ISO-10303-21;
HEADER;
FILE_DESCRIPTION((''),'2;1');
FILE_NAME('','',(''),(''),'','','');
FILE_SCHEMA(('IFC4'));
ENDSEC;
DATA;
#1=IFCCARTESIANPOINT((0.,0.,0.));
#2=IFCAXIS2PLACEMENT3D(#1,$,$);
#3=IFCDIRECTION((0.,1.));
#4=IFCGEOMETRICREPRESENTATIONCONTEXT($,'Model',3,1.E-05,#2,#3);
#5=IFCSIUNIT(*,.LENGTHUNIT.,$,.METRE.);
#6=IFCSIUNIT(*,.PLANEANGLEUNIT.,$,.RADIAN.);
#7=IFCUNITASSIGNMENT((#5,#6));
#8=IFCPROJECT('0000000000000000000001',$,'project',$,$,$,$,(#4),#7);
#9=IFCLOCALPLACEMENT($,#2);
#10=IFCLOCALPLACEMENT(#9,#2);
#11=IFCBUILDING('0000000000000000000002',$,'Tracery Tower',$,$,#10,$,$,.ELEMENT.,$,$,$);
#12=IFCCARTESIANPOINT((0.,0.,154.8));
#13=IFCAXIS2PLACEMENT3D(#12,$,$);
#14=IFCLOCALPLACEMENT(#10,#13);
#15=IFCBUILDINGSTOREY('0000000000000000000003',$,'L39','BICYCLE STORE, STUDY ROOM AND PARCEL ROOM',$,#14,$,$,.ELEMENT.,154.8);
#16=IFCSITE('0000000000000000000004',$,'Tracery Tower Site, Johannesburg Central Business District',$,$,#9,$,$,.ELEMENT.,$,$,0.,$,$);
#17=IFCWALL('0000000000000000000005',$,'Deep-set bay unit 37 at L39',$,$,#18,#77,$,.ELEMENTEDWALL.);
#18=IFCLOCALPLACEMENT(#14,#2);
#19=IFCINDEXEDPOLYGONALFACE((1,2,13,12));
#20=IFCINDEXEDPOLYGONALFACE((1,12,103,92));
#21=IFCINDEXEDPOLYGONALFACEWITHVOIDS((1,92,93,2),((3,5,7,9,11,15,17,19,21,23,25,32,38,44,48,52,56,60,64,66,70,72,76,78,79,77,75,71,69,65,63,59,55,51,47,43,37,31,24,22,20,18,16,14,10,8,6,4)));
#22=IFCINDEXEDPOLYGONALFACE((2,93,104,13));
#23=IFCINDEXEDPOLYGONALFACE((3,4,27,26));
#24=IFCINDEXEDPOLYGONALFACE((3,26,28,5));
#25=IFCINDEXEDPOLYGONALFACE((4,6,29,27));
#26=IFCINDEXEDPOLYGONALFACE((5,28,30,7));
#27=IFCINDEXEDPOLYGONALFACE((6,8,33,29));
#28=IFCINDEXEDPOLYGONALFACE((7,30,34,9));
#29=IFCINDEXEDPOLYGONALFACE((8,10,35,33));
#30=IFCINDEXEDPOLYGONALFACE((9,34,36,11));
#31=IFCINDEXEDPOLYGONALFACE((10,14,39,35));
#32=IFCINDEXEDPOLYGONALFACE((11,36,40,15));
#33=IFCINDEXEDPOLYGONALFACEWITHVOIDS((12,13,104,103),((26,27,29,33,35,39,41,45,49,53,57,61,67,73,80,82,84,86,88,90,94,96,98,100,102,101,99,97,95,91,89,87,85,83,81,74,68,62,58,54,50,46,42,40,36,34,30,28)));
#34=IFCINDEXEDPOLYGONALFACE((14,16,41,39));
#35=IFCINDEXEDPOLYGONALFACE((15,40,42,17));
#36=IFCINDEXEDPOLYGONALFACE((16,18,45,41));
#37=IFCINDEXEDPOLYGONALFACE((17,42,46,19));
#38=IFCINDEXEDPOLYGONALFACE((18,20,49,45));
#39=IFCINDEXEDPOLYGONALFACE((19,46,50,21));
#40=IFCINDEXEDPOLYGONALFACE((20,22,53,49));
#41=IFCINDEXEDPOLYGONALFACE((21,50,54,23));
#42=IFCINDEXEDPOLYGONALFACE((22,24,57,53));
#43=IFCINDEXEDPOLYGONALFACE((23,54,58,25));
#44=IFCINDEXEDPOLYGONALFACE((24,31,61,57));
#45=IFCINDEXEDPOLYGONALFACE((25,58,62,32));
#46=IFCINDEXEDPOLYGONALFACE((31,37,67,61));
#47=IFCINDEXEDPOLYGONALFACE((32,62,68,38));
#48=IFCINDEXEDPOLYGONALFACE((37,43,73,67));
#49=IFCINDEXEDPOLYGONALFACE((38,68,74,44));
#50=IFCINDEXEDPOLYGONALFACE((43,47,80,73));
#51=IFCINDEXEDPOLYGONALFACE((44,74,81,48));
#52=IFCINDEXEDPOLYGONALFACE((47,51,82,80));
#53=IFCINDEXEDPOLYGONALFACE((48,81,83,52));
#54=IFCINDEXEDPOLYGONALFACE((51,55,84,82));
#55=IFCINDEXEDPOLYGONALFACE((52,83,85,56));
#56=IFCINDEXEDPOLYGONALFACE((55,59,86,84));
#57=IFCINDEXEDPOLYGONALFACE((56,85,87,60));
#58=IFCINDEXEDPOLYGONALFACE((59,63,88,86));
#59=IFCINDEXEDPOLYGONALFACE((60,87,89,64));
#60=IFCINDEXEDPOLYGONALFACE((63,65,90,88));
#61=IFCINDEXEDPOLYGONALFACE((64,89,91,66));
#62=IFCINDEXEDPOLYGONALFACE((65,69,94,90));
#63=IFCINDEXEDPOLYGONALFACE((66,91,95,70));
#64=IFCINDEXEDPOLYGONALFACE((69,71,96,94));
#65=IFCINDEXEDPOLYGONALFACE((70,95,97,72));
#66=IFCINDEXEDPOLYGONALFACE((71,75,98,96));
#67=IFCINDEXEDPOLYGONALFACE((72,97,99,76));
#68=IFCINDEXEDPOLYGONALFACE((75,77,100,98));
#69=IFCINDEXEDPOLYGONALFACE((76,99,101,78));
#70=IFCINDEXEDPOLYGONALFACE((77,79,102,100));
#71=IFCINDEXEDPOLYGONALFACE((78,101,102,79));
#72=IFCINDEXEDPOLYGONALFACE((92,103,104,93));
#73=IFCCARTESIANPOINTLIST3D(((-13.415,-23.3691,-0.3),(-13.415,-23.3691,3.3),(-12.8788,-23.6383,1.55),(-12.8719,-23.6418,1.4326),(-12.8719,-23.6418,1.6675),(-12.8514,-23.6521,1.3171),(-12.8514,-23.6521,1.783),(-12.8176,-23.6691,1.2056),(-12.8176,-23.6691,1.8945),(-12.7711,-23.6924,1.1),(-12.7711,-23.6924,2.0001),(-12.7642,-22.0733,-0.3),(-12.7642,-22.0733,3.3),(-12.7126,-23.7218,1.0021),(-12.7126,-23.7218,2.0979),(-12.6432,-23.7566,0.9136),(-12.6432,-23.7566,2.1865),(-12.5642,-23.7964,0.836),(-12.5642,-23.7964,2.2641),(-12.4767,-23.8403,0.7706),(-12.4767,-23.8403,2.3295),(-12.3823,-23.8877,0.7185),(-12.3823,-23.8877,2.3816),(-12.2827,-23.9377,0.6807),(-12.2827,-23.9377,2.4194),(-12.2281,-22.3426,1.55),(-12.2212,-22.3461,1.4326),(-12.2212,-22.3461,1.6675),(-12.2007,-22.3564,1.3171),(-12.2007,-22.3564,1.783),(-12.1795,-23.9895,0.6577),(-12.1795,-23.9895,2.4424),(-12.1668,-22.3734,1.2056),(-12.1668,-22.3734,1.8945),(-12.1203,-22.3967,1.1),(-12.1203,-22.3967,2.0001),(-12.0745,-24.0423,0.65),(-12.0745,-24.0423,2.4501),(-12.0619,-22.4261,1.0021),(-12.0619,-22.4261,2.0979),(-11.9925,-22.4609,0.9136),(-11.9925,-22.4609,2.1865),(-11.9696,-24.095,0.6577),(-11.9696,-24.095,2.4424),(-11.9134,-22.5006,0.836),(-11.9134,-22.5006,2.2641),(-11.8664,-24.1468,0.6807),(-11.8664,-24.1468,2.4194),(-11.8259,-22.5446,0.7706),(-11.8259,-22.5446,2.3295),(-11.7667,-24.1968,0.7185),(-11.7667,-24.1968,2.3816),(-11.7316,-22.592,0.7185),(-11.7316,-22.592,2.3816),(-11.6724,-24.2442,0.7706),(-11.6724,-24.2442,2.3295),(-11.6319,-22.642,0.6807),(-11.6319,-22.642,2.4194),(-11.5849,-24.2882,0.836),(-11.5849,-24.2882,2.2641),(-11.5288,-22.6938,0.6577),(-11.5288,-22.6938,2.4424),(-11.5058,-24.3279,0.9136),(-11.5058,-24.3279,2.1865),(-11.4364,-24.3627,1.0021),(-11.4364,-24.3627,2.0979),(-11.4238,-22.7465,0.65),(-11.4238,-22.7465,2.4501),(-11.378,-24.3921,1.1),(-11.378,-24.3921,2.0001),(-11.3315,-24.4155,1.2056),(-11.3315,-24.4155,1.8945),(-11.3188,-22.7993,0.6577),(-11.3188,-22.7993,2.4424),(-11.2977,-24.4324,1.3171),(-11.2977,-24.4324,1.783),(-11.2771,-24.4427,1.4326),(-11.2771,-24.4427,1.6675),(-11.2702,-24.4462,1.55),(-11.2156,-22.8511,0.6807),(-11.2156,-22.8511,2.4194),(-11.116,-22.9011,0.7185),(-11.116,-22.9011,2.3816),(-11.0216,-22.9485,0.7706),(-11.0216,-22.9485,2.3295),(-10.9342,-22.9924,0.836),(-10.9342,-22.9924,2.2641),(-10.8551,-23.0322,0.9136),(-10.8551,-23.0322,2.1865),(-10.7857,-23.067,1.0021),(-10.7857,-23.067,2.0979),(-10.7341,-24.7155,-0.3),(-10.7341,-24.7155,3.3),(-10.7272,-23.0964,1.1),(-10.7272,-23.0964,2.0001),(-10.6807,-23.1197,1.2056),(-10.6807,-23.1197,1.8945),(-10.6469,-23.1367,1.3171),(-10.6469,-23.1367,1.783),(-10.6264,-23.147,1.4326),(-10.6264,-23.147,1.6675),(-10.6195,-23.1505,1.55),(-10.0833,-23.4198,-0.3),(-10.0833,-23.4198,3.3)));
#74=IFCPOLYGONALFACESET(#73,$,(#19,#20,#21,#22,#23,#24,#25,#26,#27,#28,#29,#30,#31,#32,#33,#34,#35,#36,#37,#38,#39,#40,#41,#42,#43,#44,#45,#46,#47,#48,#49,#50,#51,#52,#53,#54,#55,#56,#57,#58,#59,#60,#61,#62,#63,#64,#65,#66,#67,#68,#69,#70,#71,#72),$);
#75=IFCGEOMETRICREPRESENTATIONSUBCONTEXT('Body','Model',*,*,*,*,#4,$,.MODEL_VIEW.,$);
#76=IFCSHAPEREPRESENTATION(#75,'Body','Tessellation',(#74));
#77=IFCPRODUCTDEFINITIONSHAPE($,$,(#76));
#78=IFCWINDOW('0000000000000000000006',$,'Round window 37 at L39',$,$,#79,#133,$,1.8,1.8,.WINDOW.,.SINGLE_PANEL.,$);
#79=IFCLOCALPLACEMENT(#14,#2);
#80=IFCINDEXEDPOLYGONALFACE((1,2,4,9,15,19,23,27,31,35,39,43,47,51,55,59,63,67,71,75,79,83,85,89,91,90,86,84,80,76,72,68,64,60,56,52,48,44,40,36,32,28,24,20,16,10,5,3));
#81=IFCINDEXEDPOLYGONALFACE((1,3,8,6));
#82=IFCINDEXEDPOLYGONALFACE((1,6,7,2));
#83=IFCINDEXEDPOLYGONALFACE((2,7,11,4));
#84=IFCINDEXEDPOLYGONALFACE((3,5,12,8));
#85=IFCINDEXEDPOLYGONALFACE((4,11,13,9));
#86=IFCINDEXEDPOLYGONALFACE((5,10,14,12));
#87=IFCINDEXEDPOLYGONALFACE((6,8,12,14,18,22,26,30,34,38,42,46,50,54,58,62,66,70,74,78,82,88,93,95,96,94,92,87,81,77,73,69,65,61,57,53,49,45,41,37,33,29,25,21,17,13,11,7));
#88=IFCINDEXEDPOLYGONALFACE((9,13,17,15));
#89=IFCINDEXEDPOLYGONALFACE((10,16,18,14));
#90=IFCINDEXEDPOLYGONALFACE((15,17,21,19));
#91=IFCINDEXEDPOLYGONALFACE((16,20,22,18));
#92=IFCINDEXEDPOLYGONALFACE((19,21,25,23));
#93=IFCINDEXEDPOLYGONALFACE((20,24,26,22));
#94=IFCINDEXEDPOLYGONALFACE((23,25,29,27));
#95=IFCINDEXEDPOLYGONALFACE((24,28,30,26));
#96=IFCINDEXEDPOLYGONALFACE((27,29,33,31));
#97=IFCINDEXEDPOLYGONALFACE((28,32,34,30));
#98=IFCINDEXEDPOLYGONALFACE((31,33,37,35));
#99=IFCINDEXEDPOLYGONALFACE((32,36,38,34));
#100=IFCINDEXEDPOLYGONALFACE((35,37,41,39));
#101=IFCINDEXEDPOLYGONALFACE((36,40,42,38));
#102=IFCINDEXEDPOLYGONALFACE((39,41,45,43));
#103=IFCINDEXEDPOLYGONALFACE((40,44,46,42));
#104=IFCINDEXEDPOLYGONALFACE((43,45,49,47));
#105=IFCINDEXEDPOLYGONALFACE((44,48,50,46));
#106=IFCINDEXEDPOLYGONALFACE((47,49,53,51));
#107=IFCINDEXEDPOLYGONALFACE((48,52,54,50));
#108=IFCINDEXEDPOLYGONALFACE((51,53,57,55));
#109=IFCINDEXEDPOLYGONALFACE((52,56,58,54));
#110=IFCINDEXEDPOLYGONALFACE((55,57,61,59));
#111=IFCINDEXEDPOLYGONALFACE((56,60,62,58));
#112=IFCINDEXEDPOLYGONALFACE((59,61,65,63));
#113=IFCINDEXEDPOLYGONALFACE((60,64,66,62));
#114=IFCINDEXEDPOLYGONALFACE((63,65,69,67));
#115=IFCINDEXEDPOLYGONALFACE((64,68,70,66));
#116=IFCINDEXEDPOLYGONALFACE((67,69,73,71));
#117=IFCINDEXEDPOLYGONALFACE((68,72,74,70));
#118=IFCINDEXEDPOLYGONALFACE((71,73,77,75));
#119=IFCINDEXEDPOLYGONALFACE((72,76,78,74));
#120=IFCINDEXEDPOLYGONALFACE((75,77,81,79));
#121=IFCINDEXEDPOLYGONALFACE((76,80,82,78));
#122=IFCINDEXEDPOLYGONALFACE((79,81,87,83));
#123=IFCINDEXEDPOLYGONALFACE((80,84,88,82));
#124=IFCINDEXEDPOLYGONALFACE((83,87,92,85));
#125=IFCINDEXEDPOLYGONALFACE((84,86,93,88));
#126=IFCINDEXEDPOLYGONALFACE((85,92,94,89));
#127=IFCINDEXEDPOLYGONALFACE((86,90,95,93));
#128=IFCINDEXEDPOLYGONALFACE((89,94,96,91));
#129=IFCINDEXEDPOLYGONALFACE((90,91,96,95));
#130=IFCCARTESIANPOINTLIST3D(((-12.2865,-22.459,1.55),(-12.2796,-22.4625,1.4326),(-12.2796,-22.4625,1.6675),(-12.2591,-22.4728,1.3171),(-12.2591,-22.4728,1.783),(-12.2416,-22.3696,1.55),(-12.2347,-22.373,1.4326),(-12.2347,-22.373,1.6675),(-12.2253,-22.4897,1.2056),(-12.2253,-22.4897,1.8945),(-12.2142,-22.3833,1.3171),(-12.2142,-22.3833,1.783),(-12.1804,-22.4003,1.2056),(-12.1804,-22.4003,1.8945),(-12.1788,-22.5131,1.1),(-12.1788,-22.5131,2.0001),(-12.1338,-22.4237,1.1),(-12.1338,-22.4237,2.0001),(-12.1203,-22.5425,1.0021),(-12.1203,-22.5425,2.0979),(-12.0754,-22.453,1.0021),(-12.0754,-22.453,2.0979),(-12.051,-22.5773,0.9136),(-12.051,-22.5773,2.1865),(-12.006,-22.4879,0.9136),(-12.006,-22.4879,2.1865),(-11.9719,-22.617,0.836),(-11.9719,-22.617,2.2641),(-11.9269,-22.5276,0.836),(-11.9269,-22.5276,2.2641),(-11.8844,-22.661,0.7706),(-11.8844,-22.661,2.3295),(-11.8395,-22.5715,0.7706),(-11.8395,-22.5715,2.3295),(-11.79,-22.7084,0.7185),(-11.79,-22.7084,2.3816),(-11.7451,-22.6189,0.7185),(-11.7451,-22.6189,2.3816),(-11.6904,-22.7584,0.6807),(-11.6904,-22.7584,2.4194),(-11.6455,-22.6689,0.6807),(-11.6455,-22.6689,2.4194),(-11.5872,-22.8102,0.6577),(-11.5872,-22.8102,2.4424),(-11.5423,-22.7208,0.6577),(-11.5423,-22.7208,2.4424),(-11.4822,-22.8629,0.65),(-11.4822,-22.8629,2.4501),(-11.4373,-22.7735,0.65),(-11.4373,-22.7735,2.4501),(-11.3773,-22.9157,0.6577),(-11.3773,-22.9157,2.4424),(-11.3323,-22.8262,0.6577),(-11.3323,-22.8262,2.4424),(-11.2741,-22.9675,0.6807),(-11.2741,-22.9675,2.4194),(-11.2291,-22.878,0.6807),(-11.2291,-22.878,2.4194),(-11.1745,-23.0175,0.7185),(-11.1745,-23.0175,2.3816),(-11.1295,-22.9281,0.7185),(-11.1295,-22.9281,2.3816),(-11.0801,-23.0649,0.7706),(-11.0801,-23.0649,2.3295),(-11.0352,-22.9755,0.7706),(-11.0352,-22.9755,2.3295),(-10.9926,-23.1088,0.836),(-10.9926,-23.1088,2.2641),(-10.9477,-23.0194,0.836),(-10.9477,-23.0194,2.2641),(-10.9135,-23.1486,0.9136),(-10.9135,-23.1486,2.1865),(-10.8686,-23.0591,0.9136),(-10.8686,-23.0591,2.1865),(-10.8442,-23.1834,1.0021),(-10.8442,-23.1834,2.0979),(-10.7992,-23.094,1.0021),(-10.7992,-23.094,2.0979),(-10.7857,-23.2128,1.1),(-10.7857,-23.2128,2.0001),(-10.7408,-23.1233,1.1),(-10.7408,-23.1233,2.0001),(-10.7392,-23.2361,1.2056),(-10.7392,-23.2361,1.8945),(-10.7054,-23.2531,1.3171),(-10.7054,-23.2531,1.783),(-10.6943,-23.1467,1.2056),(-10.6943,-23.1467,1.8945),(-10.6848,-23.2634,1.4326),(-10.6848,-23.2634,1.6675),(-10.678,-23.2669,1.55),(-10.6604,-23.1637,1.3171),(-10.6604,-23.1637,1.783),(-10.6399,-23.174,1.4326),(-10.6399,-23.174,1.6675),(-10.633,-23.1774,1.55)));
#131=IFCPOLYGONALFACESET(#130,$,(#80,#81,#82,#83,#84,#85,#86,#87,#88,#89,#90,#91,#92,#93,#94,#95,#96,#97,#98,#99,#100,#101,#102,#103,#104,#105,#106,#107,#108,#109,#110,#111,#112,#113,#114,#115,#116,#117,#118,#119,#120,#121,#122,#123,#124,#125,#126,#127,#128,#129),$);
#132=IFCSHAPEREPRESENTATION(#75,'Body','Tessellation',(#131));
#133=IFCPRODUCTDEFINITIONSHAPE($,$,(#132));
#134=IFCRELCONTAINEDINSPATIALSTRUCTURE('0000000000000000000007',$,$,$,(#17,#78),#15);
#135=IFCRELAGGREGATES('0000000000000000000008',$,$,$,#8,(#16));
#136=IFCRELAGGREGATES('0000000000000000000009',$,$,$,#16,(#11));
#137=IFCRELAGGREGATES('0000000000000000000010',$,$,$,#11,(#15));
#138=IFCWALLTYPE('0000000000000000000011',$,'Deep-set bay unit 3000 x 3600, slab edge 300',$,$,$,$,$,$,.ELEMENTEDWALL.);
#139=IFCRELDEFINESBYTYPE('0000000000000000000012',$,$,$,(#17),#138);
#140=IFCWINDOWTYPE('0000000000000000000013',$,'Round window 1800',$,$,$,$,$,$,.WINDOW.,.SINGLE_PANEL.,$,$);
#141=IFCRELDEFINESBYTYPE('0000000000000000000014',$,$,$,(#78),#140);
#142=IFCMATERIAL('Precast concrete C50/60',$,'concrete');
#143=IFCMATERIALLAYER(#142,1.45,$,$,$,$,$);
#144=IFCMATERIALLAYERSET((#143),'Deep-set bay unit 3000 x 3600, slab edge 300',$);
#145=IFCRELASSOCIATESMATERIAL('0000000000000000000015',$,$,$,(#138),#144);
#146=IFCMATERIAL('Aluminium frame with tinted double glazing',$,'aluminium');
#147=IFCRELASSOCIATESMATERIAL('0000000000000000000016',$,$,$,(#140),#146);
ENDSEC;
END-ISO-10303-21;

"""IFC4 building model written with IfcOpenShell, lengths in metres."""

from ifc_helpers import new_model, si_unit, direction, frame, frame_2d, origin, origin_2d, place, context, subcontext, project, spatial, rectangle, circle, extrude, material, layer, layer_set, type_object, element, fill, save


model = new_model("IFC4")

# Units and contexts
model_context = context("Model", 3, precision=1e-05, world=origin(), true_north=direction((0.0, 1.0)))
body_context = subcontext(model_context, "Body", "Model", "MODEL_VIEW")
ifc_project = project(units=[si_unit("LENGTHUNIT", "METRE"), si_unit("PLANEANGLEUNIT", "RADIAN")], contexts=[model_context])

# Site, building, storey
site_placement = place(None, origin())
site = spatial("IfcSite", under=ifc_project, at=site_placement, Name="Tracery Tower Site, Johannesburg Central Business District", CompositionType="ELEMENT", RefElevation=0.0)
building_placement = place(site_placement, origin())
building = spatial("IfcBuilding", under=site, at=building_placement, Name="Tracery Tower", CompositionType="ELEMENT")
storey_placement = place(building_placement, frame((0.0, 0.0, 154.8)))
storey = spatial("IfcBuildingStorey", under=building, at=storey_placement, Name="L39", Description="BICYCLE STORE, STUDY ROOM AND PARCEL ROOM", CompositionType="ELEMENT", Elevation=154.8)

# Wall, opening, window
ifc_material_1 = material(Name="Precast concrete C50/60", Category="concrete")
ifc_layer_1 = layer(ifc_material_1, 1.45)
ifc_layer_set_1 = layer_set([ifc_layer_1], Name="Deep-set bay unit 3000 x 3600, slab edge 300")
wall_type_1 = type_object("IfcWallType", Name="Deep-set bay unit 3000 x 3600, slab edge 300", PredefinedType="ELEMENTEDWALL", material=ifc_layer_set_1)
ifc_material_2 = material(Name="Aluminium frame with tinted double glazing", Category="aluminium")
window_type = type_object("IfcWindowType", Name="Round window 1800", PartitioningType="SINGLE_PANEL", PredefinedType="WINDOW", material=ifc_material_2)
wall_1_placement = place(storey_placement, frame((-13.0896, -22.7212, -0.3), z_axis=(0.0, 0.0, 1.0), x_axis=(0.893628, -0.448808, 0.0)))
wall_1 = element("IfcWall", 1, at=wall_1_placement, inside=storey, type_object=wall_type_1, Name="Deep-set bay unit 37 at L39", PredefinedType="ELEMENTEDWALL", context=body_context, shape_type="SweptSolid", body=[
    extrude(rectangle(XDim=3.0, YDim=1.45, at=frame_2d((1.5, 0.0))), origin(), (0.0, 0.0, 1.0), 3.6001),
])
opening_1_placement = place(wall_1_placement, frame((1.5, 0.0, 1.8501)))
opening_1 = element("IfcOpeningElement", 2, at=opening_1_placement, cuts=wall_1, PredefinedType="OPENING", context=body_context, shape_type="SweptSolid", body=[
    extrude(circle(Radius=0.9, at=origin_2d()), frame((0.0, 0.7349, 0.0), z_axis=(0.0, -1.0, 0.0), x_axis=(1.0, 0.0, 0.0)), (0.0, 0.0, 1.0), 1.47),
])
window_1_placement = place(opening_1_placement, origin())
window_1 = element("IfcWindow", 3, at=window_1_placement, inside=storey, type_object=window_type, Name="Round window 37 at L39", OverallHeight=1.8, OverallWidth=1.8, PartitioningType="SINGLE_PANEL", PredefinedType="WINDOW", context=body_context, shape_type="SweptSolid", body=[
    extrude(circle(Radius=0.9, at=origin_2d()), frame((0.0, 0.6948, 0.0), z_axis=(0.0, -1.0, 0.0), x_axis=(1.0, 0.0, 0.0)), (0.0, 0.0, 1.0), 0.1001),
])
fill(opening_1, window_1)

save(model, "model.ifc")
